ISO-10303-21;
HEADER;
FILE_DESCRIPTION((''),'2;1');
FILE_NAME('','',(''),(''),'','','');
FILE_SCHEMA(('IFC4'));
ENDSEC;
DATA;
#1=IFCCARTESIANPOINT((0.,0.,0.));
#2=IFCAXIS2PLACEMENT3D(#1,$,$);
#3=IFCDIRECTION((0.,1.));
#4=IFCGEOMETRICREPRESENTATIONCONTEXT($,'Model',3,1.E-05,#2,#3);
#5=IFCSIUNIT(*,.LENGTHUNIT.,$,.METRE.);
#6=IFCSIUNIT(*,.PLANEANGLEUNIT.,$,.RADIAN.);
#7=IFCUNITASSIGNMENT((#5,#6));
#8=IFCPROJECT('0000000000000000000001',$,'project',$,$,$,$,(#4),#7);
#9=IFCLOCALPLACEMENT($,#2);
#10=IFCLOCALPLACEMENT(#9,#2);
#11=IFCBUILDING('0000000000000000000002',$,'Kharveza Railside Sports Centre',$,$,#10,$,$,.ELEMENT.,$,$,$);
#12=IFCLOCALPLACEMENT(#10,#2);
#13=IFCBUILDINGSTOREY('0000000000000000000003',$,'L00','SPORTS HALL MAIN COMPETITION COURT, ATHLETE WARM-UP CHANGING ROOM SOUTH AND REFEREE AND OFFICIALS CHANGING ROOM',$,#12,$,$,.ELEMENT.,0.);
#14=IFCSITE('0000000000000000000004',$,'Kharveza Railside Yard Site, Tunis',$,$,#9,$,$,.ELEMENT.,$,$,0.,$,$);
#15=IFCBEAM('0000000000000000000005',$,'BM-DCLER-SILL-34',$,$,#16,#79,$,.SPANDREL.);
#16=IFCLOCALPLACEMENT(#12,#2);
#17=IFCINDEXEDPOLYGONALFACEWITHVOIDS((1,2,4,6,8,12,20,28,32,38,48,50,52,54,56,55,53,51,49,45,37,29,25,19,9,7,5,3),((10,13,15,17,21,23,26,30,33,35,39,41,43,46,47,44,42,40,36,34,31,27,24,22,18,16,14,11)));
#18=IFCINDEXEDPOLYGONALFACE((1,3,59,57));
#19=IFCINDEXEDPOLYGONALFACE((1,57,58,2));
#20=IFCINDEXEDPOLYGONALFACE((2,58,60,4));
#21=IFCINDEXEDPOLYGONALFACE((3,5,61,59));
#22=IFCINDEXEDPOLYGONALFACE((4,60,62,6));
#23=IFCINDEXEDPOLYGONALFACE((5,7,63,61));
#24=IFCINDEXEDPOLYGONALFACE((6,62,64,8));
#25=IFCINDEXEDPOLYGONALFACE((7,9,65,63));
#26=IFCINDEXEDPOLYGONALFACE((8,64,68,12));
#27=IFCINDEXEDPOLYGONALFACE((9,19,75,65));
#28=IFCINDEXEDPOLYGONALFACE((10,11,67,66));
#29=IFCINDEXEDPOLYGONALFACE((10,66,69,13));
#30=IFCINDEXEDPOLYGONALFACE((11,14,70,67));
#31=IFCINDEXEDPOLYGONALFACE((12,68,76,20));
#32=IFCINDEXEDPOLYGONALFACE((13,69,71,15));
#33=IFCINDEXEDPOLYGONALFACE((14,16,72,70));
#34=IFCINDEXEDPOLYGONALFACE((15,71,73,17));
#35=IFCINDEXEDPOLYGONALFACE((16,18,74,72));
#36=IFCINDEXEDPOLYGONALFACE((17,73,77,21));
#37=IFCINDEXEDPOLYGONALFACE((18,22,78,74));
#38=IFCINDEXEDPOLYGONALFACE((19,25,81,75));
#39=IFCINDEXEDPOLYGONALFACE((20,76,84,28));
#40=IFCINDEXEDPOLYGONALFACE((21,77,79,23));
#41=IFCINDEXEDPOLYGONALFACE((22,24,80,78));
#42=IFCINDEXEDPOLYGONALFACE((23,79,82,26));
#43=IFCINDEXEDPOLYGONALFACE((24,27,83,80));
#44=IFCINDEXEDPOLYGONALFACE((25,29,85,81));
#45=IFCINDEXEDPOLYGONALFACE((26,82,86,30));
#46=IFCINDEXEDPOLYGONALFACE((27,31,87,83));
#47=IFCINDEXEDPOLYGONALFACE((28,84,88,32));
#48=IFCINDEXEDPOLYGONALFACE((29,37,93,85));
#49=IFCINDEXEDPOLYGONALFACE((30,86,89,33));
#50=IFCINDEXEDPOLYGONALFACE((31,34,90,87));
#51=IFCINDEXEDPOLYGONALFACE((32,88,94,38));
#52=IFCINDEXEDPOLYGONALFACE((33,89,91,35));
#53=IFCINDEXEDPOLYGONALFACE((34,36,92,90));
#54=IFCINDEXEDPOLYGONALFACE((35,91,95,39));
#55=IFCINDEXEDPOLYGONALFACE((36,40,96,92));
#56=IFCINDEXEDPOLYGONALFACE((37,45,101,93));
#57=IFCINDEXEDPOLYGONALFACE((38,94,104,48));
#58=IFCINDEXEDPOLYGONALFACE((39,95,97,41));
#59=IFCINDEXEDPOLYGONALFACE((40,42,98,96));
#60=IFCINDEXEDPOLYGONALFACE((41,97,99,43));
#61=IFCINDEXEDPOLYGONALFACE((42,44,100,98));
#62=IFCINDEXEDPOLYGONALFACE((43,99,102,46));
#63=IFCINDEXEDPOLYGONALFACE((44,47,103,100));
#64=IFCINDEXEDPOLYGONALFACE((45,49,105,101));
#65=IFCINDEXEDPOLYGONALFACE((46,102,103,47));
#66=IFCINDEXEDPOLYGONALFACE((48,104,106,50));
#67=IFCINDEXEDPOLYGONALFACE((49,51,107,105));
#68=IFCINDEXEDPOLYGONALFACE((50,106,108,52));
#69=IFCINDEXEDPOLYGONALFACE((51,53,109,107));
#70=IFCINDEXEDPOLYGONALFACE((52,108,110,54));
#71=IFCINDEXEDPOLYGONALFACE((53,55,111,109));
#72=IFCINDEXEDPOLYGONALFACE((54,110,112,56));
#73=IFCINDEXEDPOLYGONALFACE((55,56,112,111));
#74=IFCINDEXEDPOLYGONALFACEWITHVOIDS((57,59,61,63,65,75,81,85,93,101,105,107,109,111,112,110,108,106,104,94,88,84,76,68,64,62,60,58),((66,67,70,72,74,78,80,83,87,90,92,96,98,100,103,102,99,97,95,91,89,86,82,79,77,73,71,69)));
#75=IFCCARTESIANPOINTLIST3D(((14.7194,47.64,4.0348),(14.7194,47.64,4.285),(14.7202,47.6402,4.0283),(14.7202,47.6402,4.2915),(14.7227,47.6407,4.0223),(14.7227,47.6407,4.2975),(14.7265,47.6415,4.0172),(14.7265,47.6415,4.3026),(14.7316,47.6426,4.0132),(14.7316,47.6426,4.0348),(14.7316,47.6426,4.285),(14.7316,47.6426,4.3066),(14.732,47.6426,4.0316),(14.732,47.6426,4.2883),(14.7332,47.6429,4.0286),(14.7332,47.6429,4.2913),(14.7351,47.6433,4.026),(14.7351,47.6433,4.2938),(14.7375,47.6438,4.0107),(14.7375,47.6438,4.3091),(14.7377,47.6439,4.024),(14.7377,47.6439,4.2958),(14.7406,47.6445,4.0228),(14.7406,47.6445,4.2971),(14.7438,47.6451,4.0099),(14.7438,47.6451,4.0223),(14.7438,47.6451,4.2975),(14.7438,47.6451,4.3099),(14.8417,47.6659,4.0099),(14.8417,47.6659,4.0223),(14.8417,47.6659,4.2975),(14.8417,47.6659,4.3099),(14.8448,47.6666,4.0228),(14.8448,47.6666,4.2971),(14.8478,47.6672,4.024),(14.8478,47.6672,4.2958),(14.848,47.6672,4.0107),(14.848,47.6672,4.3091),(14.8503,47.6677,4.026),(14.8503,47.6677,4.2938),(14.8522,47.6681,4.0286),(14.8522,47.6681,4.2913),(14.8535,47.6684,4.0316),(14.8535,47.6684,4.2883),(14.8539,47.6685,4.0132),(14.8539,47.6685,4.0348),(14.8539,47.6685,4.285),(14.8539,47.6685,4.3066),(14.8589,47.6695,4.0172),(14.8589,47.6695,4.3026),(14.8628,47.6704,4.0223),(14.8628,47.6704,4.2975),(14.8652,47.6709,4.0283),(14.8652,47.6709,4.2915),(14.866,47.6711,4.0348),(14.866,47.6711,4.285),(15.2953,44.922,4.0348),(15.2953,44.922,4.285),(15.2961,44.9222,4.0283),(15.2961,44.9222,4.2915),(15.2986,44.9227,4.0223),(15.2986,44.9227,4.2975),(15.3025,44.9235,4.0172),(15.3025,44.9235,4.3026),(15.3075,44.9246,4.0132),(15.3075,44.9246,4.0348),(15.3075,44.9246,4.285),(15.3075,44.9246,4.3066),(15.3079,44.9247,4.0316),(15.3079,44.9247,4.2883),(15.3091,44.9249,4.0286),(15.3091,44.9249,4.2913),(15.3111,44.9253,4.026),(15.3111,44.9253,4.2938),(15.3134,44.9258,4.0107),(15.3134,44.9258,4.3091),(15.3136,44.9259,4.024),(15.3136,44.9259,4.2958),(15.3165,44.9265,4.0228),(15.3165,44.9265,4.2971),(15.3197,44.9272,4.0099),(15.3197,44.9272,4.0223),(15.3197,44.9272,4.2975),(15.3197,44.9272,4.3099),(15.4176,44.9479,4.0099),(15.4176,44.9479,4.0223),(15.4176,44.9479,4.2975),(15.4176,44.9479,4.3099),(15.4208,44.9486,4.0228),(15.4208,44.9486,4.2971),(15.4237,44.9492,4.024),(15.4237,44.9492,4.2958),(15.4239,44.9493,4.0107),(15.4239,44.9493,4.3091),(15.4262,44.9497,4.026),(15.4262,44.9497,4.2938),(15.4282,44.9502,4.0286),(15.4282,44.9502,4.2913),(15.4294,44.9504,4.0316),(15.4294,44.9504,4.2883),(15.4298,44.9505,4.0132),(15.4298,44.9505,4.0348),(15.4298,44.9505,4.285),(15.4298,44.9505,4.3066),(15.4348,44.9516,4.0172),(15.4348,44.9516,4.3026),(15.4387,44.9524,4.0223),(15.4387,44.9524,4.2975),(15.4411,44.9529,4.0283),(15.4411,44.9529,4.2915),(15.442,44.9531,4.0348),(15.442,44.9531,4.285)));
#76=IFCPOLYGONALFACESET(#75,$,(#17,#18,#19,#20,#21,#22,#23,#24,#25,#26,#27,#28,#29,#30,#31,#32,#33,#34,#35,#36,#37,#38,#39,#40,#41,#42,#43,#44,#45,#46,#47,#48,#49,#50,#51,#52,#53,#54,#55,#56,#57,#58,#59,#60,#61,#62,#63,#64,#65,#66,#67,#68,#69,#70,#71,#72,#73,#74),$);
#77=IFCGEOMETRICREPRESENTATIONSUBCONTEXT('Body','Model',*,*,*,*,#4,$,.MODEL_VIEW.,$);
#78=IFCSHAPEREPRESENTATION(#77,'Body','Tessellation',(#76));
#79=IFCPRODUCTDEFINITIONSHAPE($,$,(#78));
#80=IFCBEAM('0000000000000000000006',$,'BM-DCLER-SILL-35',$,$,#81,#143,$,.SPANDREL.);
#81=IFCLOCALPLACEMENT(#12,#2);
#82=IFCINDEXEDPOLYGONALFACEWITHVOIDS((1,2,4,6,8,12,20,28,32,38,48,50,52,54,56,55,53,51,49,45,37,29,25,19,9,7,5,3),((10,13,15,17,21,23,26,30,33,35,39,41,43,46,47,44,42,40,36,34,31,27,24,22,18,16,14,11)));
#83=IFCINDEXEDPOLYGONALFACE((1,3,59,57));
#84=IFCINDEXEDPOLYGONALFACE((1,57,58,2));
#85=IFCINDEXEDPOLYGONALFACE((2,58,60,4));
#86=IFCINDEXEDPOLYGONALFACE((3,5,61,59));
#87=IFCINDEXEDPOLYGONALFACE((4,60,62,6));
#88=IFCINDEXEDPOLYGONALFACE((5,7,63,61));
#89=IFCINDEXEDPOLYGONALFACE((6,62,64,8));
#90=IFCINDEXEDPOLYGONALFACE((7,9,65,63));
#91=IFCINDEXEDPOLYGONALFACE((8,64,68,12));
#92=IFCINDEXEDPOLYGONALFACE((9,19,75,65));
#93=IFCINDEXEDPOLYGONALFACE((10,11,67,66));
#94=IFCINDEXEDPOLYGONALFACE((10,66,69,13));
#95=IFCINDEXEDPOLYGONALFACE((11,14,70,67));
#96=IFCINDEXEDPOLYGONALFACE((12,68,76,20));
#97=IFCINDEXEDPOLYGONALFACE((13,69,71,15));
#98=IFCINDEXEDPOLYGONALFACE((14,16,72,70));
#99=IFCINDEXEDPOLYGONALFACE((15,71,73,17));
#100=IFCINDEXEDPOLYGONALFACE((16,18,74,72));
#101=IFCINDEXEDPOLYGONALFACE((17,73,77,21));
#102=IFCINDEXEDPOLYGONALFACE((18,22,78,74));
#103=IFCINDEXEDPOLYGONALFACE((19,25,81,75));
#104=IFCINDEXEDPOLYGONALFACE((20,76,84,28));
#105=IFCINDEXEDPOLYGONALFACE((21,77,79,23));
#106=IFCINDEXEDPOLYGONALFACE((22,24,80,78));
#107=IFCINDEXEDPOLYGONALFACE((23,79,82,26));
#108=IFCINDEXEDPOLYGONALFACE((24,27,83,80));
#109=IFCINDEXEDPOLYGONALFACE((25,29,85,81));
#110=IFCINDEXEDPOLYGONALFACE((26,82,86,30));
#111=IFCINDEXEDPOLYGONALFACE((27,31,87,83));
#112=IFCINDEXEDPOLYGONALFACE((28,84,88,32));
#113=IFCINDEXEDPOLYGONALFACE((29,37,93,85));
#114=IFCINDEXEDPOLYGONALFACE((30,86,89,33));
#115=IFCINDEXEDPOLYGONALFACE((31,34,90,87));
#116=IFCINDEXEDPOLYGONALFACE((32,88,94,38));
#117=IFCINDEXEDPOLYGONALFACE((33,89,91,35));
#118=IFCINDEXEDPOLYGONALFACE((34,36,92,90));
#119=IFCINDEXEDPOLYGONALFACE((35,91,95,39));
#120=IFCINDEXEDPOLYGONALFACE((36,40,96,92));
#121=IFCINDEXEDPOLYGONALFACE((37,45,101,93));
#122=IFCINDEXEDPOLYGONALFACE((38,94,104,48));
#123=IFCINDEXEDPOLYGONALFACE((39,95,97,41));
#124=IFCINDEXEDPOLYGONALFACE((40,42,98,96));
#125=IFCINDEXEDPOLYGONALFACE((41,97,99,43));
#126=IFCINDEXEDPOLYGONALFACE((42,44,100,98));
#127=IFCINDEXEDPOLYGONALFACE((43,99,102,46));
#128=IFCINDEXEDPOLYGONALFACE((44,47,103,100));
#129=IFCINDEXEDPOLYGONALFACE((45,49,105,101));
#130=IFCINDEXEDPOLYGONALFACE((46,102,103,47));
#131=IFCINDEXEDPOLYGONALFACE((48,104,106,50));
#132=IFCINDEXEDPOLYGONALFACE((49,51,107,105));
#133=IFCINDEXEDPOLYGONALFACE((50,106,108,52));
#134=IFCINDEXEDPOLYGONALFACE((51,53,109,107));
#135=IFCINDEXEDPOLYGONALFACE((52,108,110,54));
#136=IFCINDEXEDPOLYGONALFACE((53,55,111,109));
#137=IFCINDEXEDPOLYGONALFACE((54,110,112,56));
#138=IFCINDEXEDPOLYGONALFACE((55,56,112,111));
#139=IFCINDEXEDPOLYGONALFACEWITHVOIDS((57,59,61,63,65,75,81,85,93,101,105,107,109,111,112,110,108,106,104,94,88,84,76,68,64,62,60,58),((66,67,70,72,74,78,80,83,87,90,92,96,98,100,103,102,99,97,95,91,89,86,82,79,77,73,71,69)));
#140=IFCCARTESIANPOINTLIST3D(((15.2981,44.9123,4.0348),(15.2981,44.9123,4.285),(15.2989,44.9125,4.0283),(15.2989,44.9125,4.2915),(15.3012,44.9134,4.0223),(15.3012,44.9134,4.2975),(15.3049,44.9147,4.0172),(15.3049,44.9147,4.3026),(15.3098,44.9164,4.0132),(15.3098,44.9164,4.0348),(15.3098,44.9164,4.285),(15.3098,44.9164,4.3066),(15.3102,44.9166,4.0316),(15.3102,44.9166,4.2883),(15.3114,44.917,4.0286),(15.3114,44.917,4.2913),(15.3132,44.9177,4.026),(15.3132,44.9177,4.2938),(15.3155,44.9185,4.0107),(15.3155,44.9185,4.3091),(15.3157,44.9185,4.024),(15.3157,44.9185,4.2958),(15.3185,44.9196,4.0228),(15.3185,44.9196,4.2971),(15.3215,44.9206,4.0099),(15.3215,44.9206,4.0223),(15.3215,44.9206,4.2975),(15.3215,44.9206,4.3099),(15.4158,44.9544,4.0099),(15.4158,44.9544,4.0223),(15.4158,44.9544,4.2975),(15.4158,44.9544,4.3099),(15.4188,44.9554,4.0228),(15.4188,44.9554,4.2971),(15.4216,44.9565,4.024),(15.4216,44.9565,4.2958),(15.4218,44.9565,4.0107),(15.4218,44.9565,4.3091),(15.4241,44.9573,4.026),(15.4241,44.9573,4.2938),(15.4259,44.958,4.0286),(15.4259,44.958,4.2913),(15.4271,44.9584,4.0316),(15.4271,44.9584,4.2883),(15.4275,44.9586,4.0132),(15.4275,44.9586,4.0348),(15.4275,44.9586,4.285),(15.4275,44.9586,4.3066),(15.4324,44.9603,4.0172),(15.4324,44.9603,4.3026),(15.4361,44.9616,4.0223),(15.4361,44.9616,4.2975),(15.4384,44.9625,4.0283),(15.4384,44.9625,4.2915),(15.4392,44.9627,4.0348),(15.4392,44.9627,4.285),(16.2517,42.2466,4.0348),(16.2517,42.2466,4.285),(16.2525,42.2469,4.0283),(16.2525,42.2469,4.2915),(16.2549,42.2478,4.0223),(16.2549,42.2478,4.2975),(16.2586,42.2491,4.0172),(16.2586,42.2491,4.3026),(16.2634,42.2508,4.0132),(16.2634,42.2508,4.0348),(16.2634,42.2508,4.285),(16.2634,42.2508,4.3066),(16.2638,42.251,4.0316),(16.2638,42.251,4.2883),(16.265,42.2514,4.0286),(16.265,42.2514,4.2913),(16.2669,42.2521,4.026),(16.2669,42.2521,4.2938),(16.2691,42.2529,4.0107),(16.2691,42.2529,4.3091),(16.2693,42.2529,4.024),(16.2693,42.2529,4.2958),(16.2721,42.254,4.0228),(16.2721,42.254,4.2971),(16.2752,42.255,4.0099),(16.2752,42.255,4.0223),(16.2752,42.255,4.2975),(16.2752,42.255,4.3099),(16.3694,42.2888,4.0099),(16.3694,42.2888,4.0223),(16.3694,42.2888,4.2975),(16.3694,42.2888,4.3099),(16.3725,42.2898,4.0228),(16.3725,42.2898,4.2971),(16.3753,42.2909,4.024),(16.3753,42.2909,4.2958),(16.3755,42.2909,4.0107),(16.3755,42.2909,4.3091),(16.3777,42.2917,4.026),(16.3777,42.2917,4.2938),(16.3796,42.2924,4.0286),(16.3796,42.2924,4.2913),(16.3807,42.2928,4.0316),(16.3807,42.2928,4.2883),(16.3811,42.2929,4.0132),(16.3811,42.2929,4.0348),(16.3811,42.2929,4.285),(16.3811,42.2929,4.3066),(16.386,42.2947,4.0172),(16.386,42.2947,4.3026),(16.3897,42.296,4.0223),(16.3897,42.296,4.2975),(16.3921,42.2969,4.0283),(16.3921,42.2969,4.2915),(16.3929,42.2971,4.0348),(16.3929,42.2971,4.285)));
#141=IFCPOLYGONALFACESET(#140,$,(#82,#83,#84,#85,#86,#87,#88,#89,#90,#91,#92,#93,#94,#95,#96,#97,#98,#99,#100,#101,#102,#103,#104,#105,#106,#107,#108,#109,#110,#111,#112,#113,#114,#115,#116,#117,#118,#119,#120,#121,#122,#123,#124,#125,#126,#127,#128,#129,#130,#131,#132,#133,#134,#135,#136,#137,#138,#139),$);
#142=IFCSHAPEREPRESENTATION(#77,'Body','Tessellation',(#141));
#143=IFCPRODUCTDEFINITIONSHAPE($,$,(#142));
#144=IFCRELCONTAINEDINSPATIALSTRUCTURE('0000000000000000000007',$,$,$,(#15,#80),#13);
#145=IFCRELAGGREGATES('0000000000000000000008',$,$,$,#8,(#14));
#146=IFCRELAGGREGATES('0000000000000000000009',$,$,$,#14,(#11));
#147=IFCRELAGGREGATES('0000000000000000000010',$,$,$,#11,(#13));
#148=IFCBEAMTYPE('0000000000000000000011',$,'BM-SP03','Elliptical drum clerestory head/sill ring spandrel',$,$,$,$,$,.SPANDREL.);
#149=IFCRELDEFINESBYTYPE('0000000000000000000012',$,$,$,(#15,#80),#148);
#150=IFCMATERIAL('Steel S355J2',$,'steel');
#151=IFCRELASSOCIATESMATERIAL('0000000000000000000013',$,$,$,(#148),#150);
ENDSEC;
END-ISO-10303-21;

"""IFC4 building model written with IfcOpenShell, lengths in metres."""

from ifc_helpers import new_model, si_unit, direction, frame, origin, origin_2d, place, context, subcontext, project, spatial, hollow_rectangle, extrude, material, material_profile, profile_set, type_object, element, save


model = new_model("IFC4")

# Units and contexts
model_context = context("Model", 3, precision=1e-05, world=origin(), true_north=direction((0.0, 1.0)))
body_context = subcontext(model_context, "Body", "Model", "MODEL_VIEW")
ifc_project = project(units=[si_unit("LENGTHUNIT", "METRE"), si_unit("PLANEANGLEUNIT", "RADIAN")], contexts=[model_context])

# Site, building, storey
site_placement = place(None, origin())
site = spatial("IfcSite", under=ifc_project, at=site_placement, Name="Kharveza Railside Yard Site, Tunis", CompositionType="ELEMENT", RefElevation=0.0)
building_placement = place(site_placement, origin())
building = spatial("IfcBuilding", under=site, at=building_placement, Name="Kharveza Railside Sports Centre", CompositionType="ELEMENT")
storey_placement = place(building_placement, origin())
storey = spatial("IfcBuildingStorey", under=building, at=storey_placement, Name="L00", Description="SPORTS HALL MAIN COMPETITION COURT, ATHLETE WARM-UP CHANGING ROOM SOUTH AND REFEREE AND OFFICIALS CHANGING ROOM", CompositionType="ELEMENT", Elevation=0.0)

# Shared definitions
ifc_material_1 = material(Name="Steel S355J2", Category="steel")

# Beams
ifc_material_profile_1 = material_profile(ifc_material_1, hollow_rectangle(XDim=0.1499, YDim=0.3, WallThickness=0.0125, InnerFilletRadius=0.0125, OuterFilletRadius=0.0249, at=origin_2d()), Name="RHS 150x300x12.5")
ifc_profile_set_1 = profile_set([ifc_material_profile_1], Name="Steel S355J2")
beam_type_1 = type_object("IfcBeamType", Name="BM-SP03", Description="Elliptical drum clerestory head/sill ring spandrel", PredefinedType="SPANDREL", material=ifc_profile_set_1)
beam_1_placement = place(storey_placement, frame((14.7927, 47.6555, 4.1599), z_axis=(0.20729, -0.97828, 0.0), x_axis=(0.97828, 0.20729, 0.0)))
element("IfcBeam", 1, at=beam_1_placement, inside=storey, type_object=beam_type_1, Name="BM-DCLER-SILL-34", PredefinedType="SPANDREL", context=body_context, shape_type="SweptSolid", body=[
    extrude(hollow_rectangle(XDim=0.1499, YDim=0.3, WallThickness=0.0125, InnerFilletRadius=0.0125, OuterFilletRadius=0.0249, at=origin_2d()), origin(), (0.0, 0.0, 1.0), 2.7783),
])
beam_2_placement = place(storey_placement, frame((15.3687, 44.9375, 4.1599), z_axis=(0.33685, -0.941558, 0.0), x_axis=(0.941558, 0.33685, 0.0)))
element("IfcBeam", 2, at=beam_2_placement, inside=storey, type_object=beam_type_1, Name="BM-DCLER-SILL-35", PredefinedType="SPANDREL", context=body_context, shape_type="SweptSolid", body=[
    extrude(hollow_rectangle(XDim=0.1499, YDim=0.3, WallThickness=0.0125, InnerFilletRadius=0.0125, OuterFilletRadius=0.0249, at=origin_2d()), origin(), (0.0, 0.0, 1.0), 2.8311),
])

save(model, "model.ifc")
